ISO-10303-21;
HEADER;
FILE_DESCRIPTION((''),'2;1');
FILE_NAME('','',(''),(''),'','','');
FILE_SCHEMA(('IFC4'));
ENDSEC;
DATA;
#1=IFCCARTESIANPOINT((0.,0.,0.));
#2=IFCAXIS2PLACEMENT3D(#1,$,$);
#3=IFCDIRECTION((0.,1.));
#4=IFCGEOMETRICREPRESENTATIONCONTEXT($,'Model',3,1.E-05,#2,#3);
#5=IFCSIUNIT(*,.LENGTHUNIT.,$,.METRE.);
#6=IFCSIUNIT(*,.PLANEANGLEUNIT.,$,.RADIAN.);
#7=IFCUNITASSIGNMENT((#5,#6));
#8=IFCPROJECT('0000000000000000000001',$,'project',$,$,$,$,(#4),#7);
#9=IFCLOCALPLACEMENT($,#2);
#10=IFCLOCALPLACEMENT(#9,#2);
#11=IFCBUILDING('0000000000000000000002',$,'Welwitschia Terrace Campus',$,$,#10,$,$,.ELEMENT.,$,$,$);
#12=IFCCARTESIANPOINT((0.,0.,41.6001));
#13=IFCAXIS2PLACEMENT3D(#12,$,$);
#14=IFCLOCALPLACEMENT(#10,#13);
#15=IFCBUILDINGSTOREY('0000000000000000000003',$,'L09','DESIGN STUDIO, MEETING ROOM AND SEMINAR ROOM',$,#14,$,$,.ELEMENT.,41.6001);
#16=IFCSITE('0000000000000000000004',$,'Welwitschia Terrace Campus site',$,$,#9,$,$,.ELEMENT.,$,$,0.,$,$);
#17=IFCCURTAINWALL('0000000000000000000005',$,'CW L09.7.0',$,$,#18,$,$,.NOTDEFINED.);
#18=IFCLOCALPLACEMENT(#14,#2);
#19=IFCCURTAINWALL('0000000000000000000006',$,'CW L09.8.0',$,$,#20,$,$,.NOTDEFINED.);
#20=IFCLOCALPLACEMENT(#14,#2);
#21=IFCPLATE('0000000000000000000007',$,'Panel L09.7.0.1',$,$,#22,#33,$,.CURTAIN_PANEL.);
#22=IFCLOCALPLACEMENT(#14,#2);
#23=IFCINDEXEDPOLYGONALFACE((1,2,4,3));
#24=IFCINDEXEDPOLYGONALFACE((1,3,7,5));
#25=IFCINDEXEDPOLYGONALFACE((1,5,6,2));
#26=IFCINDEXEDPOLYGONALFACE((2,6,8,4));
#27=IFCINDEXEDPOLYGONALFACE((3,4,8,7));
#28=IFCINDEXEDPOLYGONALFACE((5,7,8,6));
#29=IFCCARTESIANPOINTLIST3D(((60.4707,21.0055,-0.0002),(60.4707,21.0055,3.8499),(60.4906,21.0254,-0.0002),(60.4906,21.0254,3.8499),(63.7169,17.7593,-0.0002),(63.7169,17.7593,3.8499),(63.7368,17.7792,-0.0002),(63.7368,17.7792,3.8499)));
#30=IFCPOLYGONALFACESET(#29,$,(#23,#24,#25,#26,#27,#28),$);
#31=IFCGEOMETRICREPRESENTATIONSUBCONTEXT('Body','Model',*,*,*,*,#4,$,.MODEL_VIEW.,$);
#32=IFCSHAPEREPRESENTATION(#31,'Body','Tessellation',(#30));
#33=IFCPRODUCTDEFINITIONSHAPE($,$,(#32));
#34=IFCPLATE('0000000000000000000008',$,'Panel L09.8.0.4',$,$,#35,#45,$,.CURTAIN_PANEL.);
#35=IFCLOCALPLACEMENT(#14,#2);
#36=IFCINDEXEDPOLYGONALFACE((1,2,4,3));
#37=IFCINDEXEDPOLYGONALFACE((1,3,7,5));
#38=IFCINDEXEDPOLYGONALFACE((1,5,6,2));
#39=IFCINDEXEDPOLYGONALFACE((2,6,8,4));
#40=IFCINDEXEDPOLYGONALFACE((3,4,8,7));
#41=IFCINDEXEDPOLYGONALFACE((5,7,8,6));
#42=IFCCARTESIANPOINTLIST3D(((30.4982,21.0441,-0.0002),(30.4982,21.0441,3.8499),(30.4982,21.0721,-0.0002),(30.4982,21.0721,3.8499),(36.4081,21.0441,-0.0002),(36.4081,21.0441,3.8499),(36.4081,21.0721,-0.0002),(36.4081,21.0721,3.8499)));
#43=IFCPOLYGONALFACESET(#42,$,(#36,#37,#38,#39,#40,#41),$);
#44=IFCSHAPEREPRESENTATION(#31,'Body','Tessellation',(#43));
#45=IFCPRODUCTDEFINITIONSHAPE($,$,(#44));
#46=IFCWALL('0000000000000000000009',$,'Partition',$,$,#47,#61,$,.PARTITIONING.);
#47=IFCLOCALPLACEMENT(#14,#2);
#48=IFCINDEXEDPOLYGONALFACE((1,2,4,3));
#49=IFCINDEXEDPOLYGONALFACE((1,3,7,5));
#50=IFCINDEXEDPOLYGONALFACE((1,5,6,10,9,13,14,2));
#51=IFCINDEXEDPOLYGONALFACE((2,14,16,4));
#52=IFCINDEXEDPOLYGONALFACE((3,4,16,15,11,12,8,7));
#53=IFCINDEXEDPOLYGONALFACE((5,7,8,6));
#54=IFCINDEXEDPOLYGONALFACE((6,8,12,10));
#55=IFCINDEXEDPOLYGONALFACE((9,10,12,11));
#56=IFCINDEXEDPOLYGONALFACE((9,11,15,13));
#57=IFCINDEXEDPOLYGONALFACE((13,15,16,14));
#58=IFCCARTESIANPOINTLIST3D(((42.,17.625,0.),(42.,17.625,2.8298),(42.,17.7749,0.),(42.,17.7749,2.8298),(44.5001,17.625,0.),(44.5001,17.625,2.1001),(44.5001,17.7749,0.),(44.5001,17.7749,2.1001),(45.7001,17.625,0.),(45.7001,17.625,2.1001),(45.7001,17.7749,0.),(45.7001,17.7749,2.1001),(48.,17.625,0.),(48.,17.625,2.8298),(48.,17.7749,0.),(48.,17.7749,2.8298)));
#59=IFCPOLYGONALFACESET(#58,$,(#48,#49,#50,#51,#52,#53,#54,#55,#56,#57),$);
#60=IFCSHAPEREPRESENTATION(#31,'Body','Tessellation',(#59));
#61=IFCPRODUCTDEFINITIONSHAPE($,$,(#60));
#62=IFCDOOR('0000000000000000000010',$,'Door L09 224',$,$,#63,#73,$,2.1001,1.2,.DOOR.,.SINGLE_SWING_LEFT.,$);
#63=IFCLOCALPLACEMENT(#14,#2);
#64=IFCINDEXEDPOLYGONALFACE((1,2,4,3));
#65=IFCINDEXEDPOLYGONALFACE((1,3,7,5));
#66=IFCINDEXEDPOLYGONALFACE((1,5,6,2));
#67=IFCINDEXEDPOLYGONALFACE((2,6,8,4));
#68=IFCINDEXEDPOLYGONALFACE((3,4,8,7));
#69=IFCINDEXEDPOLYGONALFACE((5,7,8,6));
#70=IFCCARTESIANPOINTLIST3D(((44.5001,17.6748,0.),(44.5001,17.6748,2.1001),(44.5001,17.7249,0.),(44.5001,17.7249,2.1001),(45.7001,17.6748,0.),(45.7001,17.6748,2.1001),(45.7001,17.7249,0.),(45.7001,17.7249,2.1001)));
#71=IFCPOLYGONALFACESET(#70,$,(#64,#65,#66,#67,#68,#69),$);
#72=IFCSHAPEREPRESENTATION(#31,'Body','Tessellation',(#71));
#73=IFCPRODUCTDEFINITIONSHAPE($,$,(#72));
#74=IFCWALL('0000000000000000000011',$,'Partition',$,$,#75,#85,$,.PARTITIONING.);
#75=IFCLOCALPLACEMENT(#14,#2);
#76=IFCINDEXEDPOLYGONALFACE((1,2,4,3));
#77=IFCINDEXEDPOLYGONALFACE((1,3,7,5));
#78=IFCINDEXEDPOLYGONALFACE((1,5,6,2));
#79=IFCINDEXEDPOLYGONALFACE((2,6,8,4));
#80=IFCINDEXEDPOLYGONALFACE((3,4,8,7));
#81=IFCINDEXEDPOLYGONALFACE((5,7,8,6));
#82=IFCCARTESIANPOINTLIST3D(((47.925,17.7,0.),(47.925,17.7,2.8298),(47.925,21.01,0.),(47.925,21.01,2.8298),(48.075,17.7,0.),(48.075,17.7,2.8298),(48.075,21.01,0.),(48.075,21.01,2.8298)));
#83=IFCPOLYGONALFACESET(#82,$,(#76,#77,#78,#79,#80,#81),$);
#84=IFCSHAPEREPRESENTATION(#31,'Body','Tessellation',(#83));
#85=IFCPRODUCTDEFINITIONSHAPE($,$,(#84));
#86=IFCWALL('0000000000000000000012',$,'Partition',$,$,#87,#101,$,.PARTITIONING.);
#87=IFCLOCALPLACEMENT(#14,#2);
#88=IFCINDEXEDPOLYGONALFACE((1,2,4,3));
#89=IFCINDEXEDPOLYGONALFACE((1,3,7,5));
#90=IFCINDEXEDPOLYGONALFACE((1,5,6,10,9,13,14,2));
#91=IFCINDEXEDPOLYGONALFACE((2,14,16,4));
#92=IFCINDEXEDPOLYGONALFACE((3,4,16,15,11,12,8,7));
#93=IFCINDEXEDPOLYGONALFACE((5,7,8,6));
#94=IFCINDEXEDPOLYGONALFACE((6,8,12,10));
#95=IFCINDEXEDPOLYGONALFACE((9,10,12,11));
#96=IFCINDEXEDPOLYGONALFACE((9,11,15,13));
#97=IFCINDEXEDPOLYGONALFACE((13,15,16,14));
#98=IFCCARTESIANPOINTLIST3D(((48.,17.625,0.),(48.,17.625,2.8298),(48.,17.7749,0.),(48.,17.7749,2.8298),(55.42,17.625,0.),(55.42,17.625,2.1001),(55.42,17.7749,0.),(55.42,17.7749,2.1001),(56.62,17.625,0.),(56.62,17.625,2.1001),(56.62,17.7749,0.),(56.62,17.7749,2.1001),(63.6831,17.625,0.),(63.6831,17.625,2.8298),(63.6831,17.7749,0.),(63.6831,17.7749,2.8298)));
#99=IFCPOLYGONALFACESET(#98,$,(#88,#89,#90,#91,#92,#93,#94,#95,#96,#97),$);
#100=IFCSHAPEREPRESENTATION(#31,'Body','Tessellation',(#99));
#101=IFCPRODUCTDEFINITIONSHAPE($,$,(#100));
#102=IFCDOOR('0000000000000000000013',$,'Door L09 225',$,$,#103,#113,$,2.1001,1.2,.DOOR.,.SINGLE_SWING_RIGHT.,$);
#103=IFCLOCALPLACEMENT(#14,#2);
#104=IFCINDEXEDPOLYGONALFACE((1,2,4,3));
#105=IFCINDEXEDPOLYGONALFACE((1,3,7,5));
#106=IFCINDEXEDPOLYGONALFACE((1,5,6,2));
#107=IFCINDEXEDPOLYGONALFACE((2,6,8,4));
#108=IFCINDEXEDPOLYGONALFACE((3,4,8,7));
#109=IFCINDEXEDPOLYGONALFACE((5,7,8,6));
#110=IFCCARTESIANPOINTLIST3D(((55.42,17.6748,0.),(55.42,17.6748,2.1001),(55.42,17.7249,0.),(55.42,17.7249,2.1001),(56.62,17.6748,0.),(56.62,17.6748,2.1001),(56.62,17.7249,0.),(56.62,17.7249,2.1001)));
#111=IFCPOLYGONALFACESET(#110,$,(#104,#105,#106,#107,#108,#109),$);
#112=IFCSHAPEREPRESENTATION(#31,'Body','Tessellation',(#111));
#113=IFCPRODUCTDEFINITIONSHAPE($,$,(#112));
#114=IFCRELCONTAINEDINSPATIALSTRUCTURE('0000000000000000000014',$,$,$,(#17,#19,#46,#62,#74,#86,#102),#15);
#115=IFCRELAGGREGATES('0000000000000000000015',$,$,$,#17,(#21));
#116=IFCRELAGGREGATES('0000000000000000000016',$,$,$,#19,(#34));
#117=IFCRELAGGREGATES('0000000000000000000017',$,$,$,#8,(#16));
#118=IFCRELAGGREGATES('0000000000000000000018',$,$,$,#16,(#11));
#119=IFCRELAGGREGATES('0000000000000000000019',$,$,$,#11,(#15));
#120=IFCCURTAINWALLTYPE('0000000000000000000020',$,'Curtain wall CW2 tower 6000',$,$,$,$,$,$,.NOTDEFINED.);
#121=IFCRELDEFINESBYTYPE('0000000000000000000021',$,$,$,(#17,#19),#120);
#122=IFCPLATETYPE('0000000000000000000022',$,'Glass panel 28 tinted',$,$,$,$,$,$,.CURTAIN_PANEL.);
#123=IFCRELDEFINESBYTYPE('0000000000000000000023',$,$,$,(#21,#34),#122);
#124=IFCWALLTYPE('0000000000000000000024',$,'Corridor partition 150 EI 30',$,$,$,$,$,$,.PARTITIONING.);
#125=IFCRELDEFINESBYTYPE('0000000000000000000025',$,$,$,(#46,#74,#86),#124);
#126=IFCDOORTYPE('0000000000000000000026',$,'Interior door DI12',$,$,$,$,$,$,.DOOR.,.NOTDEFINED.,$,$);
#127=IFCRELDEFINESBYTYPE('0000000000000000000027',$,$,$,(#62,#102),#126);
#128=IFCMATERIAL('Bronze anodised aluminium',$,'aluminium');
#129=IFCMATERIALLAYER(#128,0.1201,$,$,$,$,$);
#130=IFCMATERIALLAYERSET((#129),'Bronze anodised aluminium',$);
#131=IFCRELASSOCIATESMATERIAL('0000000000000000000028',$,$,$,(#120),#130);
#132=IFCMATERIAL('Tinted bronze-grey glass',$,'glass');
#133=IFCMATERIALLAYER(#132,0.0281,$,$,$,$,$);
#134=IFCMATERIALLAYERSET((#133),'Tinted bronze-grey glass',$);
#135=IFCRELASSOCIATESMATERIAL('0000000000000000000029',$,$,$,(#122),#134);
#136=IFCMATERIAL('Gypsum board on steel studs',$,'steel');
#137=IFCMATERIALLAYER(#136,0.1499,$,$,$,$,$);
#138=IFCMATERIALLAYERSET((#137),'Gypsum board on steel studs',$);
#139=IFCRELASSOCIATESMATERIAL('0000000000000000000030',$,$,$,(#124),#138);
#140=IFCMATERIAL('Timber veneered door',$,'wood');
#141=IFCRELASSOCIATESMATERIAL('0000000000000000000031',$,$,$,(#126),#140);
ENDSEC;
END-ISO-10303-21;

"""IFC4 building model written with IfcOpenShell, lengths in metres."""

from ifc_helpers import new_model, si_unit, direction, frame, frame_2d, origin, origin_2d, place, context, subcontext, project, spatial, rectangle, extrude, material, layer, layer_set, type_object, element, fill, aggregate, save


model = new_model("IFC4")

# Units and contexts
model_context = context("Model", 3, precision=1e-05, world=origin(), true_north=direction((0.0, 1.0)))
body_context = subcontext(model_context, "Body", "Model", "MODEL_VIEW")
ifc_project = project(units=[si_unit("LENGTHUNIT", "METRE"), si_unit("PLANEANGLEUNIT", "RADIAN")], contexts=[model_context])

# Site, building, storey
site_placement = place(None, origin())
site = spatial("IfcSite", under=ifc_project, at=site_placement, Name="Welwitschia Terrace Campus site", CompositionType="ELEMENT", RefElevation=0.0)
building_placement = place(site_placement, origin())
building = spatial("IfcBuilding", under=site, at=building_placement, Name="Welwitschia Terrace Campus", CompositionType="ELEMENT")
storey_placement = place(building_placement, frame((0.0, 0.0, 41.6001)))
storey = spatial("IfcBuildingStorey", under=building, at=storey_placement, Name="L09", Description="DESIGN STUDIO, MEETING ROOM AND SEMINAR ROOM", CompositionType="ELEMENT", Elevation=41.6001)

# Curtain wall
ifc_material_1 = material(Name="Bronze anodised aluminium", Category="aluminium")
ifc_layer_1 = layer(ifc_material_1, 0.1201)
ifc_layer_set_1 = layer_set([ifc_layer_1], Name="Bronze anodised aluminium")
curtain_wall_type = type_object("IfcCurtainWallType", Name="Curtain wall CW2 tower 6000", PredefinedType="NOTDEFINED", material=ifc_layer_set_1)
curtain_wall_1_placement = place(storey_placement, origin())
curtain_wall_1 = element("IfcCurtainWall", 1, at=curtain_wall_1_placement, inside=storey, type_object=curtain_wall_type, Name="CW L09.7.0", PredefinedType="NOTDEFINED")

# Curtain wall
curtain_wall_2_placement = place(storey_placement, origin())
curtain_wall_2 = element("IfcCurtainWall", 2, at=curtain_wall_2_placement, inside=storey, type_object=curtain_wall_type, Name="CW L09.8.0", PredefinedType="NOTDEFINED")

# Plates
ifc_material_2 = material(Name="Tinted bronze-grey glass", Category="glass")
ifc_layer_2 = layer(ifc_material_2, 0.0281)
ifc_layer_set_2 = layer_set([ifc_layer_2], Name="Tinted bronze-grey glass")
plate_type = type_object("IfcPlateType", Name="Glass panel 28 tinted", PredefinedType="CURTAIN_PANEL", material=ifc_layer_set_2)
plate_1_placement = place(storey_placement, frame((62.1038, 19.3923, -0.0002), z_axis=(0.0, 0.0, 1.0), x_axis=(-0.707107, 0.707107, 0.0)))
plate_1 = element("IfcPlate", 3, at=plate_1_placement, type_object=plate_type, Name="Panel L09.7.0.1", PredefinedType="CURTAIN_PANEL", context=body_context, shape_type="SweptSolid", body=[
    extrude(rectangle(XDim=4.5908, YDim=0.0281, at=origin_2d()), origin(), (0.0, 0.0, 1.0), 3.8501),
])
aggregate(curtain_wall_1, [plate_1])
plate_2_placement = place(storey_placement, frame((33.4531, 21.0581, -0.0002), z_axis=(0.0, 0.0, 1.0), x_axis=(-1.0, 0.0, 0.0)))
plate_2 = element("IfcPlate", 4, at=plate_2_placement, type_object=plate_type, Name="Panel L09.8.0.4", PredefinedType="CURTAIN_PANEL", context=body_context, shape_type="SweptSolid", body=[
    extrude(rectangle(XDim=5.9099, YDim=0.0281, at=origin_2d()), origin(), (0.0, 0.0, 1.0), 3.8501),
])
aggregate(curtain_wall_2, [plate_2])

# Wall, opening, door
ifc_material_3 = material(Name="Gypsum board on steel studs", Category="steel")
ifc_layer_3 = layer(ifc_material_3, 0.1499)
ifc_layer_set_3 = layer_set([ifc_layer_3], Name="Gypsum board on steel studs")
wall_type = type_object("IfcWallType", Name="Corridor partition 150 EI 30", PredefinedType="PARTITIONING", material=ifc_layer_set_3)
wall_1_placement = place(storey_placement, frame((42.0, 17.7, 0.0), z_axis=(0.0, 0.0, 1.0), x_axis=(1.0, 0.0, 0.0)))
wall_1 = element("IfcWall", 5, at=wall_1_placement, inside=storey, type_object=wall_type, Name="Partition", PredefinedType="PARTITIONING", context=body_context, shape_type="SweptSolid", body=[
    extrude(rectangle(XDim=6.0, YDim=0.1499, at=frame_2d((3.0, 0.0))), origin(), (0.0, 0.0, 1.0), 2.8298),
])
opening_1_placement = place(wall_1_placement, frame((2.5, 0.0, 0.0)))
opening_1 = element("IfcOpeningElement", 6, at=opening_1_placement, cuts=wall_1, PredefinedType="OPENING", context=body_context, shape_type="SweptSolid", body=[
    extrude(rectangle(XDim=1.2, YDim=2.1001, at=frame_2d((0.6001, 1.05))), frame((0.0, 0.085, 0.0), z_axis=(0.0, -1.0, 0.0), x_axis=(1.0, 0.0, 0.0)), (0.0, 0.0, 1.0), 0.1699),
])
ifc_material_4 = material(Name="Timber veneered door", Category="wood")
door_type = type_object("IfcDoorType", Name="Interior door DI12", OperationType="NOTDEFINED", PredefinedType="DOOR", material=ifc_material_4)
door_1_placement = place(opening_1_placement, origin())
door_1 = element("IfcDoor", 7, at=door_1_placement, inside=storey, type_object=door_type, Name="Door L09 224", OperationType="SINGLE_SWING_LEFT", OverallHeight=2.1001, OverallWidth=1.2, PredefinedType="DOOR", context=body_context, shape_type="SweptSolid", body=[
    extrude(rectangle(XDim=1.2, YDim=2.1001, at=frame_2d((0.6001, 1.05))), frame((0.0, 0.0249, 0.0), z_axis=(0.0, -1.0, 0.0), x_axis=(1.0, 0.0, 0.0)), (0.0, 0.0, 1.0), 0.05),
])
fill(opening_1, door_1)

# Wall
wall_2_placement = place(storey_placement, frame((48.0, 17.7, 0.0), z_axis=(0.0, 0.0, 1.0), x_axis=(0.0, 1.0, 0.0)))
element("IfcWall", 8, at=wall_2_placement, inside=storey, type_object=wall_type, Name="Partition", PredefinedType="PARTITIONING", context=body_context, shape_type="SweptSolid", body=[
    extrude(rectangle(XDim=3.3101, YDim=0.1499, at=frame_2d((1.655, 0.0))), origin(), (0.0, 0.0, 1.0), 2.8298),
])

# Wall, opening, door
wall_3_placement = place(storey_placement, frame((48.0, 17.7, 0.0), z_axis=(0.0, 0.0, 1.0), x_axis=(1.0, 0.0, 0.0)))
wall_3 = element("IfcWall", 9, at=wall_3_placement, inside=storey, type_object=wall_type, Name="Partition", PredefinedType="PARTITIONING", context=body_context, shape_type="SweptSolid", body=[
    extrude(rectangle(XDim=15.6831, YDim=0.1499, at=frame_2d((7.8416, 0.0))), origin(), (0.0, 0.0, 1.0), 2.8298),
])
opening_2_placement = place(wall_3_placement, frame((7.4199, 0.0, 0.0)))
opening_2 = element("IfcOpeningElement", 10, at=opening_2_placement, cuts=wall_3, PredefinedType="OPENING", context=body_context, shape_type="SweptSolid", body=[
    extrude(rectangle(XDim=1.2, YDim=2.1001, at=frame_2d((0.6001, 1.05))), frame((0.0, 0.085, 0.0), z_axis=(0.0, -1.0, 0.0), x_axis=(1.0, 0.0, 0.0)), (0.0, 0.0, 1.0), 0.1699),
])
door_2_placement = place(opening_2_placement, origin())
door_2 = element("IfcDoor", 11, at=door_2_placement, inside=storey, type_object=door_type, Name="Door L09 225", OperationType="SINGLE_SWING_RIGHT", OverallHeight=2.1001, OverallWidth=1.2, PredefinedType="DOOR", context=body_context, shape_type="SweptSolid", body=[
    extrude(rectangle(XDim=1.2, YDim=2.1001, at=frame_2d((0.6001, 1.05))), frame((0.0, 0.0249, 0.0), z_axis=(0.0, -1.0, 0.0), x_axis=(1.0, 0.0, 0.0)), (0.0, 0.0, 1.0), 0.05),
])
fill(opening_2, door_2)

save(model, "model.ifc")
